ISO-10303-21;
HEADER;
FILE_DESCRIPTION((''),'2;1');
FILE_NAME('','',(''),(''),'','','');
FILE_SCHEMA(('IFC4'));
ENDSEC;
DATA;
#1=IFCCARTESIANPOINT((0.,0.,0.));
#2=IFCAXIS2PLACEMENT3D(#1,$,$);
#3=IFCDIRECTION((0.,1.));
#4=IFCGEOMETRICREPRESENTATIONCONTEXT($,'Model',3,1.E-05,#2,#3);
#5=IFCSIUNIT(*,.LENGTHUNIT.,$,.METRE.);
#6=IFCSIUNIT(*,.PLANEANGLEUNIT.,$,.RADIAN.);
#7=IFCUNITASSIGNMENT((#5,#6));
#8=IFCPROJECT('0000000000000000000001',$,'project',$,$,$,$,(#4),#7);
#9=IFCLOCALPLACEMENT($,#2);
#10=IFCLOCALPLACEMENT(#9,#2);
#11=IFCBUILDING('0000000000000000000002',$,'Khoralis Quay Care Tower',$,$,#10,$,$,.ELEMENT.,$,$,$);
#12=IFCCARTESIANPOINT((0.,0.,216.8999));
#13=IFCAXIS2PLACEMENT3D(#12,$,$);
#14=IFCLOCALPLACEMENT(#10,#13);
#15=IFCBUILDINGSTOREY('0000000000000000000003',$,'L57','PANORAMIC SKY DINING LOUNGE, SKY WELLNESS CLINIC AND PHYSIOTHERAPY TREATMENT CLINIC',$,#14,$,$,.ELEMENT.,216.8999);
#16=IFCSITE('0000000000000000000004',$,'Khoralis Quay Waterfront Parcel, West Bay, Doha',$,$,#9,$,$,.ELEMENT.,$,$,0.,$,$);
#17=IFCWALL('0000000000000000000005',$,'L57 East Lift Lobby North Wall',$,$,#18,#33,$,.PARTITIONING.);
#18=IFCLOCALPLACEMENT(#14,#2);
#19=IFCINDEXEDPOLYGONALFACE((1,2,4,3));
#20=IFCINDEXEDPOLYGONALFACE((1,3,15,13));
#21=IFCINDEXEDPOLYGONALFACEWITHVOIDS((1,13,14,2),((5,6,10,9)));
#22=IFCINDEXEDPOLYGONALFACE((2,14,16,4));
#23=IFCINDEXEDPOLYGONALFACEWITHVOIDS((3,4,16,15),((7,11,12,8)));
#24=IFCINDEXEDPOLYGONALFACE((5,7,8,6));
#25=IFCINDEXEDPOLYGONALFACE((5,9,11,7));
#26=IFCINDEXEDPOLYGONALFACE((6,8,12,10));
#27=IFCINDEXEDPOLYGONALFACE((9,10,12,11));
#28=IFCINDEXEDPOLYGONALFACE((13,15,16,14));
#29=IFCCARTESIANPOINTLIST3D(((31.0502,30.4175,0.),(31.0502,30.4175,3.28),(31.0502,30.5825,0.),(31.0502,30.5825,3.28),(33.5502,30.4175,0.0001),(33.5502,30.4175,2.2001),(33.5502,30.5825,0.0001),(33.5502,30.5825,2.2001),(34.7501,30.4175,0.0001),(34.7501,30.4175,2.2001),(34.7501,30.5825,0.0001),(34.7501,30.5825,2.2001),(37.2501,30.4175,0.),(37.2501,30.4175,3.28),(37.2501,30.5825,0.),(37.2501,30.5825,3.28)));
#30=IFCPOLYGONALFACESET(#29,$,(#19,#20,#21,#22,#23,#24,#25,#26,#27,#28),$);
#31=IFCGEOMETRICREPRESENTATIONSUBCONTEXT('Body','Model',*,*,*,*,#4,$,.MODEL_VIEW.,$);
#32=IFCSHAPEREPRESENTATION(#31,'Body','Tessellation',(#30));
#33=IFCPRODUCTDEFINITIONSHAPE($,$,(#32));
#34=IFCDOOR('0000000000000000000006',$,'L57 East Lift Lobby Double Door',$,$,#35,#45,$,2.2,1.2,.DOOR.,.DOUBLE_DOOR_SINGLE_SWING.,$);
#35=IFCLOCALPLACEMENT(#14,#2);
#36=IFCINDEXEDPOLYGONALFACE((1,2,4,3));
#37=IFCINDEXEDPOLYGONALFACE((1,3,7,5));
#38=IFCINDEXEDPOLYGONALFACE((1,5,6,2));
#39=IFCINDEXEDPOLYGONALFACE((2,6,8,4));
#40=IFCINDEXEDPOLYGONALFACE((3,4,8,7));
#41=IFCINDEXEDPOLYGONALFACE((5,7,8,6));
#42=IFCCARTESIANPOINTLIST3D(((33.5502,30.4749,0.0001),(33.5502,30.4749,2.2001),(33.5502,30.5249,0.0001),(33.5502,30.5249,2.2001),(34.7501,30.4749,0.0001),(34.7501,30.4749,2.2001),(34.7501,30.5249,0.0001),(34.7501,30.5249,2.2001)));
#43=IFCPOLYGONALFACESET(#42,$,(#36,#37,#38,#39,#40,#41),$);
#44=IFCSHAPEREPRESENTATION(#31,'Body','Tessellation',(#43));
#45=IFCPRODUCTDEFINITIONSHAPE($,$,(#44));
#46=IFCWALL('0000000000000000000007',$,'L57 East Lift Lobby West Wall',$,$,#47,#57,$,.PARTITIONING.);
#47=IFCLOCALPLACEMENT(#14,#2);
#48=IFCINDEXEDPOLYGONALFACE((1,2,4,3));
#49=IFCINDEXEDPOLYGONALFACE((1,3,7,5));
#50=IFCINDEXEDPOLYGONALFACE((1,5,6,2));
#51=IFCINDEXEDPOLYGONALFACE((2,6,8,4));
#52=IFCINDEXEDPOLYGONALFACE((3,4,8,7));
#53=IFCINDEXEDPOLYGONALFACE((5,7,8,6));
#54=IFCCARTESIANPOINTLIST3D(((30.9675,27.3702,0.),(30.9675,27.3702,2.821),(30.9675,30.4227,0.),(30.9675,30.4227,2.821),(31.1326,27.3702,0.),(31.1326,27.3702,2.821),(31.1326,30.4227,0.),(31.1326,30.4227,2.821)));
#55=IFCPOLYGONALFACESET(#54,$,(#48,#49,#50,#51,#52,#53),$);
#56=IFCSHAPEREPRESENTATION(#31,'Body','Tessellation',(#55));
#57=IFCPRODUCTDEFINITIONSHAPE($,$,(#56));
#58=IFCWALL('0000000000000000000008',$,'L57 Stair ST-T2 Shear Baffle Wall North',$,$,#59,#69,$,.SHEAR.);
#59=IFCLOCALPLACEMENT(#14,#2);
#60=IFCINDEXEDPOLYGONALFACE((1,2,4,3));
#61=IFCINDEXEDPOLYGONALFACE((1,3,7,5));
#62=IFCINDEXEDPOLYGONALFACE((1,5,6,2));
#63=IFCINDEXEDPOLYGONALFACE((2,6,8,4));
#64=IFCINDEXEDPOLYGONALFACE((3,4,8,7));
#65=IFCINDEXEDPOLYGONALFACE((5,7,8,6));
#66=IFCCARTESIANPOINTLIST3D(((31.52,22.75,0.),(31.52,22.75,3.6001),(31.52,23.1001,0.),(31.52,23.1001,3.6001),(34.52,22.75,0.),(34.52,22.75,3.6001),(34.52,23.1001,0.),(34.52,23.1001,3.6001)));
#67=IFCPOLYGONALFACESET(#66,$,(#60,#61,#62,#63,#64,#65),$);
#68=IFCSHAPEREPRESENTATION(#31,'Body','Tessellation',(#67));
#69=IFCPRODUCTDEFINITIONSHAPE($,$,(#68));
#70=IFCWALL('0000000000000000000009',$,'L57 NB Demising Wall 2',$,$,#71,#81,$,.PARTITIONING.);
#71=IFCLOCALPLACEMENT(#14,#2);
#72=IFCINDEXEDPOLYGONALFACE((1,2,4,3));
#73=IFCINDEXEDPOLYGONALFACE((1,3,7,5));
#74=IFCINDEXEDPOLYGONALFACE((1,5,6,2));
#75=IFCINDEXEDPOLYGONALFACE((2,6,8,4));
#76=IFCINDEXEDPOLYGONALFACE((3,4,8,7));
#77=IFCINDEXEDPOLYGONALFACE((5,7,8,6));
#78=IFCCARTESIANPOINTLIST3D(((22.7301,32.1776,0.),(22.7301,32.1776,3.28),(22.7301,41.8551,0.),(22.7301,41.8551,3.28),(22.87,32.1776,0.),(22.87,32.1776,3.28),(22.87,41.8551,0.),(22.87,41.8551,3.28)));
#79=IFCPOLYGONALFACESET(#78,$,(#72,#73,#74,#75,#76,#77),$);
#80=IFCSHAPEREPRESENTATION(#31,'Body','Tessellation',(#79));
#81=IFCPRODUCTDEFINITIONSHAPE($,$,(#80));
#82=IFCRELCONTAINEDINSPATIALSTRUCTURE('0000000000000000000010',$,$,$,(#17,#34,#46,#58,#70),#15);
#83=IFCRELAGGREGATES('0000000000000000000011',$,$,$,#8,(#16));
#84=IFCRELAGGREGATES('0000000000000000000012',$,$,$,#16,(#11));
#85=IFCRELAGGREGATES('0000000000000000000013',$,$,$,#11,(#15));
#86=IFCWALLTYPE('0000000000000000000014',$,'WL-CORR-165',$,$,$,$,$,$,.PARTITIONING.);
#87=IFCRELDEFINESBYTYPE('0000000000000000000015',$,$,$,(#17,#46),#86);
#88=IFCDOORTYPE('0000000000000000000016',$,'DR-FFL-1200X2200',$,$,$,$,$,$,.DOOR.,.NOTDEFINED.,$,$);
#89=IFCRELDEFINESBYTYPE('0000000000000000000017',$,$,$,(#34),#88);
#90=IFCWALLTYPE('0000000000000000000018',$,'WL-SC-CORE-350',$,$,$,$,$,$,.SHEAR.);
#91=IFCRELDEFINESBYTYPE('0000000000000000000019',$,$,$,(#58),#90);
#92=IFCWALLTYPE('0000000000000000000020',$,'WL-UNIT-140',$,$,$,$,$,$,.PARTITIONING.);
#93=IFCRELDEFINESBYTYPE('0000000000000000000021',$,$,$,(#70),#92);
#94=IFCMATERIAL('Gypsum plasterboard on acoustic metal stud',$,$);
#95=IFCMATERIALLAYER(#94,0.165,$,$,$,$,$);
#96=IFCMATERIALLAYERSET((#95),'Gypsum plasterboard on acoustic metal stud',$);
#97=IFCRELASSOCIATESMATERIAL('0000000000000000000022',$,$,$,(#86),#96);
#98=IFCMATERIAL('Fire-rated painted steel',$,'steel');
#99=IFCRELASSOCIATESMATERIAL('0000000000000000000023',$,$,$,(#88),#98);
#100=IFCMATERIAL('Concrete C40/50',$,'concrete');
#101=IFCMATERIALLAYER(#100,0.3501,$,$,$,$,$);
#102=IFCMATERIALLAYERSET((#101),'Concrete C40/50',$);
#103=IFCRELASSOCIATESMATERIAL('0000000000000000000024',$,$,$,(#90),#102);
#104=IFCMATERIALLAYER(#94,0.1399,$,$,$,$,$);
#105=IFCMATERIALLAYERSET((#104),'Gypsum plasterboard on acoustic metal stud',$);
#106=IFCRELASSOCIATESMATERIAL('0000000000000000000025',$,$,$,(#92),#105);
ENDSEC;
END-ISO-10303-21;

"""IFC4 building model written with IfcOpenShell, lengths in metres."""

from ifc_helpers import new_model, si_unit, direction, frame, frame_2d, origin, place, context, subcontext, project, spatial, rectangle, extrude, source, transform, mapped, material, layer, layer_set, type_object, element, fill, save


model = new_model("IFC4")

# Units and contexts
model_context = context("Model", 3, precision=1e-05, world=origin(), true_north=direction((0.0, 1.0)))
body_context = subcontext(model_context, "Body", "Model", "MODEL_VIEW")
ifc_project = project(units=[si_unit("LENGTHUNIT", "METRE"), si_unit("PLANEANGLEUNIT", "RADIAN")], contexts=[model_context])

# Site, building, storey
site_placement = place(None, origin())
site = spatial("IfcSite", under=ifc_project, at=site_placement, Name="Khoralis Quay Waterfront Parcel, West Bay, Doha", CompositionType="ELEMENT", RefElevation=0.0)
building_placement = place(site_placement, origin())
building = spatial("IfcBuilding", under=site, at=building_placement, Name="Khoralis Quay Care Tower", CompositionType="ELEMENT")
storey_placement = place(building_placement, frame((0.0, 0.0, 216.8999)))
storey = spatial("IfcBuildingStorey", under=building, at=storey_placement, Name="L57", Description="PANORAMIC SKY DINING LOUNGE, SKY WELLNESS CLINIC AND PHYSIOTHERAPY TREATMENT CLINIC", CompositionType="ELEMENT", Elevation=216.8999)

# Wall, opening, door
ifc_material_1 = material(Name="Gypsum plasterboard on acoustic metal stud")
ifc_layer_1 = layer(ifc_material_1, 0.165)
ifc_layer_set_1 = layer_set([ifc_layer_1], Name="Gypsum plasterboard on acoustic metal stud")
wall_type_1 = type_object("IfcWallType", Name="WL-CORR-165", PredefinedType="PARTITIONING", material=ifc_layer_set_1)
wall_1_placement = place(storey_placement, frame((31.05, 30.5, 0.0), z_axis=(0.0, 0.0, 1.0), x_axis=(1.0, 0.0, 0.0)))
wall_1 = element("IfcWall", 1, at=wall_1_placement, inside=storey, type_object=wall_type_1, Name="L57 East Lift Lobby North Wall", PredefinedType="PARTITIONING", context=body_context, shape_type="SweptSolid", body=[
    extrude(rectangle(XDim=6.2, YDim=0.165, at=frame_2d((3.1001, 0.0))), origin(), (0.0, 0.0, 1.0), 3.28),
])
opening_1_placement = place(wall_1_placement, frame((2.5, 0.0, 0.0)))
opening_1 = element("IfcOpeningElement", 2, at=opening_1_placement, cuts=wall_1, PredefinedType="OPENING", context=body_context, shape_type="SweptSolid", body=[
    extrude(rectangle(XDim=1.2, YDim=2.2, at=frame_2d((0.6001, 1.1001))), frame((0.0, 0.0925, 0.0), z_axis=(0.0, -1.0, 0.0), x_axis=(1.0, 0.0, 0.0)), (0.0, 0.0, 1.0), 0.1851),
])
ifc_material_2 = material(Name="Fire-rated painted steel", Category="steel")
door_type_1 = type_object("IfcDoorType", Name="DR-FFL-1200X2200", OperationType="NOTDEFINED", PredefinedType="DOOR", material=ifc_material_2)
shared_shape_1 = source(origin(), body_context, "Body", "SweptSolid", [
    extrude(rectangle(XDim=1.2, YDim=2.2, at=frame_2d((0.6001, 1.1001))), frame((0.0, 0.0249, 0.0), z_axis=(0.0, -1.0, 0.0), x_axis=(1.0, 0.0, 0.0)), (0.0, 0.0, 1.0), 0.05),
])
door_1_placement = place(opening_1_placement, origin())
door_1 = element("IfcDoor", 3, at=door_1_placement, inside=storey, type_object=door_type_1, Name="L57 East Lift Lobby Double Door", OperationType="DOUBLE_DOOR_SINGLE_SWING", OverallHeight=2.2, OverallWidth=1.2, PredefinedType="DOOR", context=body_context, shape_type="MappedRepresentation", body=[
    mapped(shared_shape_1, transform((0.0, 0.0, 0.0), scale=1.0)),
])
fill(opening_1, door_1)

# Walls
wall_2_placement = place(storey_placement, frame((31.05, 27.3701, 0.0), z_axis=(0.0, 0.0, 1.0), x_axis=(0.0, 1.0, 0.0)))
element("IfcWall", 4, at=wall_2_placement, inside=storey, type_object=wall_type_1, Name="L57 East Lift Lobby West Wall", PredefinedType="PARTITIONING", context=body_context, shape_type="SweptSolid", body=[
    extrude(rectangle(XDim=3.0525, YDim=0.165, at=frame_2d((1.5264, 0.0))), origin(), (0.0, 0.0, 1.0), 2.821),
])
ifc_material_3 = material(Name="Concrete C40/50", Category="concrete")
ifc_layer_2 = layer(ifc_material_3, 0.3501)
ifc_layer_set_2 = layer_set([ifc_layer_2], Name="Concrete C40/50")
wall_type_2 = type_object("IfcWallType", Name="WL-SC-CORE-350", PredefinedType="SHEAR", material=ifc_layer_set_2)
wall_3_placement = place(storey_placement, frame((31.52, 22.925, 0.0), z_axis=(0.0, 0.0, 1.0), x_axis=(1.0, 0.0, 0.0)))
element("IfcWall", 5, at=wall_3_placement, inside=storey, type_object=wall_type_2, Name="L57 Stair ST-T2 Shear Baffle Wall North", PredefinedType="SHEAR", context=body_context, shape_type="SweptSolid", body=[
    extrude(rectangle(XDim=3.0, YDim=0.3501, at=frame_2d((1.5, 0.0))), origin(), (0.0, 0.0, 1.0), 3.6001),
])
ifc_layer_3 = layer(ifc_material_1, 0.1399)
ifc_layer_set_3 = layer_set([ifc_layer_3], Name="Gypsum plasterboard on acoustic metal stud")
wall_type_3 = type_object("IfcWallType", Name="WL-UNIT-140", PredefinedType="PARTITIONING", material=ifc_layer_set_3)
wall_4_placement = place(storey_placement, frame((22.8, 32.1775, 0.0), z_axis=(0.0, 0.0, 1.0), x_axis=(0.0, 1.0, 0.0)))
element("IfcWall", 6, at=wall_4_placement, inside=storey, type_object=wall_type_3, Name="L57 NB Demising Wall 2", PredefinedType="PARTITIONING", context=body_context, shape_type="SweptSolid", body=[
    extrude(rectangle(XDim=9.6775, YDim=0.1399, at=frame_2d((4.8389, 0.0))), origin(), (0.0, 0.0, 1.0), 3.28),
])

save(model, "model.ifc")
